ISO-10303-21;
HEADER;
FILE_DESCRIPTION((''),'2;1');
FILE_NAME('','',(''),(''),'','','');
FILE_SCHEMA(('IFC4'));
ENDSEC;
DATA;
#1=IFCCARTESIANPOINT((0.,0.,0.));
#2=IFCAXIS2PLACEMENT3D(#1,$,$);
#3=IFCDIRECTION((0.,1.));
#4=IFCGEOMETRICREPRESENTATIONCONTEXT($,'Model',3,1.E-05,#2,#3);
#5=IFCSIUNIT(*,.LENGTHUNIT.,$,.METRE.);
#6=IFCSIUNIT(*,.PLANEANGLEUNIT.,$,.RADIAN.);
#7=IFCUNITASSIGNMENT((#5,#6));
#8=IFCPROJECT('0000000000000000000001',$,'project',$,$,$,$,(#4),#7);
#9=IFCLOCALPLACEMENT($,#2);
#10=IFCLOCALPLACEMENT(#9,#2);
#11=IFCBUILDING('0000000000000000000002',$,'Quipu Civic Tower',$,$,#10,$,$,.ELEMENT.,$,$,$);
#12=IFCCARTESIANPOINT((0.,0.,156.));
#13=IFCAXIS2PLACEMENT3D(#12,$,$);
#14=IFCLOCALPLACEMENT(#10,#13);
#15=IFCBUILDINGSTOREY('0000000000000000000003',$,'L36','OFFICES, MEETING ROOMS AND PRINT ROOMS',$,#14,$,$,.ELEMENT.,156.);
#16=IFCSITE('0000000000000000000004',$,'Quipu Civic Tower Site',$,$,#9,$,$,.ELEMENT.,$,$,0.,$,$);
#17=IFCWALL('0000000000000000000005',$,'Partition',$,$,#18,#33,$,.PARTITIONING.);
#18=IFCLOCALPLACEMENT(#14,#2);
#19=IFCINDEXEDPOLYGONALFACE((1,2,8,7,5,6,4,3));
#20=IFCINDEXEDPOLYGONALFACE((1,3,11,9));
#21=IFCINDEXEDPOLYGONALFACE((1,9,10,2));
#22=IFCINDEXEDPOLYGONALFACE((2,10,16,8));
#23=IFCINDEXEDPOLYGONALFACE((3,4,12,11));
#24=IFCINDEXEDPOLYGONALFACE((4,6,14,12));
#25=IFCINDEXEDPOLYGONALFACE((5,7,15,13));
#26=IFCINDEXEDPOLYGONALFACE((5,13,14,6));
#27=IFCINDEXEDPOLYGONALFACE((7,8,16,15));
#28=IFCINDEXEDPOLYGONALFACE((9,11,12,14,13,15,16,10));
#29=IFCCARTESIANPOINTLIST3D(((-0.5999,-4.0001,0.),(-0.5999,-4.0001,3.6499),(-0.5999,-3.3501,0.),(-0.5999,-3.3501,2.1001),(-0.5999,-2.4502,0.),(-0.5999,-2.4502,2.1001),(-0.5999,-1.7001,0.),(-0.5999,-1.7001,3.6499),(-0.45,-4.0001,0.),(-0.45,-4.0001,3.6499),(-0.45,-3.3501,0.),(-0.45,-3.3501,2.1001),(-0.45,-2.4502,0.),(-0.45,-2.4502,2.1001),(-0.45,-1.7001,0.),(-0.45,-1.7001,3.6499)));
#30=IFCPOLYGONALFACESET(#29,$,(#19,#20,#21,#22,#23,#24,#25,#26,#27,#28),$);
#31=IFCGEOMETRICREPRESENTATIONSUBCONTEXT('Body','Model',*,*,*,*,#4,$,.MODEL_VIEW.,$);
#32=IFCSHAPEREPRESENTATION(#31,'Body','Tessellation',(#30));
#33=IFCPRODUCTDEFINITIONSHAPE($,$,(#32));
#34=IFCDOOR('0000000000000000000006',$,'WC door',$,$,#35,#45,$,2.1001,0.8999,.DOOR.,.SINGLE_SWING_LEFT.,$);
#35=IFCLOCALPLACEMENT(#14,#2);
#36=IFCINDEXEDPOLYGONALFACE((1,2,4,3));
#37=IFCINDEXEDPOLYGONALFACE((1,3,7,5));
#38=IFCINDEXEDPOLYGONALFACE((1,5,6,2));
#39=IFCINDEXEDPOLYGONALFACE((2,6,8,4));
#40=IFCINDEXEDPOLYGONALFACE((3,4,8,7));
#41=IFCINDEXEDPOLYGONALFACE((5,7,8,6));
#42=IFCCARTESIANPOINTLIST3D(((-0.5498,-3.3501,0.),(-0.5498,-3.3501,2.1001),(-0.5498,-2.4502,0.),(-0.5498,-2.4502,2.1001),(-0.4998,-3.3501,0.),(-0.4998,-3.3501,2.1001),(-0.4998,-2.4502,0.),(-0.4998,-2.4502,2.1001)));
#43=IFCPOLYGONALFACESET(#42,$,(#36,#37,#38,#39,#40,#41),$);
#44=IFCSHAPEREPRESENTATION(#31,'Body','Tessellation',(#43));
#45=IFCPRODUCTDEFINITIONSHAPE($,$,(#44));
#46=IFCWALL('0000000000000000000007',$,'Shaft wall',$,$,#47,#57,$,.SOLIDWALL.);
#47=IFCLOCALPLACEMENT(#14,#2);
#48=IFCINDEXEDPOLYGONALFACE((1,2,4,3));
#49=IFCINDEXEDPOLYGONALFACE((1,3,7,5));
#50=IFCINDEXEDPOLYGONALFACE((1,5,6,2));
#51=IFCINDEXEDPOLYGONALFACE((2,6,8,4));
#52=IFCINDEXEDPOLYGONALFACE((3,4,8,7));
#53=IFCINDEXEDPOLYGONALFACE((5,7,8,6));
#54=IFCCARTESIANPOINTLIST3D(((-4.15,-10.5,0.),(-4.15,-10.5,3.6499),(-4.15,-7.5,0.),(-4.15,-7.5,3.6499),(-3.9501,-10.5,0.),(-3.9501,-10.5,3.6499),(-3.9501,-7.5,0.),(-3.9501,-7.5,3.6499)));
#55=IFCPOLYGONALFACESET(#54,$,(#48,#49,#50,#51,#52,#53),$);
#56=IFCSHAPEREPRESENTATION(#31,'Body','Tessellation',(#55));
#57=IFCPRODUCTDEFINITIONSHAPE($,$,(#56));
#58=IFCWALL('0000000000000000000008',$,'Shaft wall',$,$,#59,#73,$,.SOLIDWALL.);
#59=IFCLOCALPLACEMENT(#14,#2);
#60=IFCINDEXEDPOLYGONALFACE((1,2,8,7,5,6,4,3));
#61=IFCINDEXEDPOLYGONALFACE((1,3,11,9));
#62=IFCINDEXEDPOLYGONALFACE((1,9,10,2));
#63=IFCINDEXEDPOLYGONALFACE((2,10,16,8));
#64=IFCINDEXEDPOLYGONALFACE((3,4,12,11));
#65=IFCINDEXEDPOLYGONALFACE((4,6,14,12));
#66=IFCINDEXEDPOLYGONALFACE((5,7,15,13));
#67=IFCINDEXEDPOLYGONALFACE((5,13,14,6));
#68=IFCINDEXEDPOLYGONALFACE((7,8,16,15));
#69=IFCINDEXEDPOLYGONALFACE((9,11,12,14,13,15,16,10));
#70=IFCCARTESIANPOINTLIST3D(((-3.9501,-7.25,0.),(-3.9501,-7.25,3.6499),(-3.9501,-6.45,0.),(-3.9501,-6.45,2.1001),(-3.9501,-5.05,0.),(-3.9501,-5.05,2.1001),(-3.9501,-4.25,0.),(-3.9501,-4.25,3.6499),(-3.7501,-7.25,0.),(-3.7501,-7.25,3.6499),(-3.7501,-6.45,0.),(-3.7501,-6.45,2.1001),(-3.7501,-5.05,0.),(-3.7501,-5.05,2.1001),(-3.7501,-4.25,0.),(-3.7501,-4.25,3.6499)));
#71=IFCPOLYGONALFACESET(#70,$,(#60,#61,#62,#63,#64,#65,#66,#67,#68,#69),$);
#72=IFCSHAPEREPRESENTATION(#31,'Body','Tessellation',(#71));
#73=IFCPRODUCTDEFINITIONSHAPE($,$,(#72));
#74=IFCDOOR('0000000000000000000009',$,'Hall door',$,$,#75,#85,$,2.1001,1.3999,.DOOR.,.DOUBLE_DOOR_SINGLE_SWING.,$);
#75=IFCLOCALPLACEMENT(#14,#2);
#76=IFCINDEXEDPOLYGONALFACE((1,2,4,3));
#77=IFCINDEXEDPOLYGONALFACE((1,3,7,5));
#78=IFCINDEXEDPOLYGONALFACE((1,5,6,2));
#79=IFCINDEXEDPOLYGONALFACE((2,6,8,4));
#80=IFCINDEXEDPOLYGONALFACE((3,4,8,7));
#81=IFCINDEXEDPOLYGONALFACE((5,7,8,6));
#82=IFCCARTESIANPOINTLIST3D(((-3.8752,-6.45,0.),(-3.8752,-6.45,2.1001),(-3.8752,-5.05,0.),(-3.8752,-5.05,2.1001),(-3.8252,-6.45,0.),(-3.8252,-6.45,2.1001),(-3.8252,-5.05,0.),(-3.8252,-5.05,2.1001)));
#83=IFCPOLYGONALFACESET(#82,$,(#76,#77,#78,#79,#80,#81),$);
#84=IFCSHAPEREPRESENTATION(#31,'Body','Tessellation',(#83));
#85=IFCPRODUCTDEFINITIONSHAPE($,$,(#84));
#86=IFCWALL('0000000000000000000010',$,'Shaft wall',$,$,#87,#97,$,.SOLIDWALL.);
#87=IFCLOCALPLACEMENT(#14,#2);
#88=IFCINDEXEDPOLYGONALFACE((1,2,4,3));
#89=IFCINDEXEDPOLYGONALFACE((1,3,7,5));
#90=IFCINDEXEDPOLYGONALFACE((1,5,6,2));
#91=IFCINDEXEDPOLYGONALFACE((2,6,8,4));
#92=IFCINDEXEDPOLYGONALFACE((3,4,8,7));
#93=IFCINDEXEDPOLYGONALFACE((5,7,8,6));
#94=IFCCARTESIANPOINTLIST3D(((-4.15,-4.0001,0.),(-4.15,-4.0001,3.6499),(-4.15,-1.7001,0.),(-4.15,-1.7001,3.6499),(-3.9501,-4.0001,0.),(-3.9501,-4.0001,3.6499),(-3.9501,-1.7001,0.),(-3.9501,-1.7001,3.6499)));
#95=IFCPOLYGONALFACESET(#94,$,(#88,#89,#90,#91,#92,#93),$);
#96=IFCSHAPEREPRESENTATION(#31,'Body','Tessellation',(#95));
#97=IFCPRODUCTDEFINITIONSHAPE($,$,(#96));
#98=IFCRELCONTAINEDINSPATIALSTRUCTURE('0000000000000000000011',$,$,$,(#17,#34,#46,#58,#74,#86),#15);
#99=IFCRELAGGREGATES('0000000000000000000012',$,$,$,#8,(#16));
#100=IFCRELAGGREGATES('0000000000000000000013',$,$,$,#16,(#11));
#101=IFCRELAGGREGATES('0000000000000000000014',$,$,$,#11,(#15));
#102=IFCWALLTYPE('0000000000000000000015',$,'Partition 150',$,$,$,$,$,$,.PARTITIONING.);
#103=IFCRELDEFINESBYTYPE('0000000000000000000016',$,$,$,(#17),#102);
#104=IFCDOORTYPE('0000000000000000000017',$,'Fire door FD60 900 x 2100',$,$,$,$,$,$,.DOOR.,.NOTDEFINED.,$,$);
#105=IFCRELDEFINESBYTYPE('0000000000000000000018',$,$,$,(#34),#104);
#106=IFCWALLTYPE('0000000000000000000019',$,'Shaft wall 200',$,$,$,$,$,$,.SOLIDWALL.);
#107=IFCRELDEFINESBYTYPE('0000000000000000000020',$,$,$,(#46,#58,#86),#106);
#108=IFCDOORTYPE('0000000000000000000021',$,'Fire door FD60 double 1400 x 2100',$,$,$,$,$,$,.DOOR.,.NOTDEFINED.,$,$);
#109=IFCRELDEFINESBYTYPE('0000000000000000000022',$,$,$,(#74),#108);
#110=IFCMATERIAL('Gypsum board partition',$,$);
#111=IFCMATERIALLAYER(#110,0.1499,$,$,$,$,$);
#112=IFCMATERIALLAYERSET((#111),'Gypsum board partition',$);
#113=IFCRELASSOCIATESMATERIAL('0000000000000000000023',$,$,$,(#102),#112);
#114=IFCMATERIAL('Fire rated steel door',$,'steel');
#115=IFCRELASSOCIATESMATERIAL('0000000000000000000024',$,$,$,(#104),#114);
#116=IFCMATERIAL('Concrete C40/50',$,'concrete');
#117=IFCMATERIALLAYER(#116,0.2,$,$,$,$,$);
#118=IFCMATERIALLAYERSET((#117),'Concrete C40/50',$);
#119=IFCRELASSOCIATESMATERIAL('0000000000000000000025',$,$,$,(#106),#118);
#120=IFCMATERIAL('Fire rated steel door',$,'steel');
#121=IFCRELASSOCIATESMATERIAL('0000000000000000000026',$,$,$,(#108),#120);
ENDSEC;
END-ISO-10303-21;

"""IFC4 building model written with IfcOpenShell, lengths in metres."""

from ifc_helpers import new_model, si_unit, direction, frame, frame_2d, origin, place, context, subcontext, project, spatial, rectangle, extrude, material, layer, layer_set, type_object, element, fill, save


model = new_model("IFC4")

# Units and contexts
model_context = context("Model", 3, precision=1e-05, world=origin(), true_north=direction((0.0, 1.0)))
body_context = subcontext(model_context, "Body", "Model", "MODEL_VIEW")
ifc_project = project(units=[si_unit("LENGTHUNIT", "METRE"), si_unit("PLANEANGLEUNIT", "RADIAN")], contexts=[model_context])

# Site, building, storey
site_placement = place(None, origin())
site = spatial("IfcSite", under=ifc_project, at=site_placement, Name="Quipu Civic Tower Site", CompositionType="ELEMENT", RefElevation=0.0)
building_placement = place(site_placement, origin())
building = spatial("IfcBuilding", under=site, at=building_placement, Name="Quipu Civic Tower", CompositionType="ELEMENT")
storey_placement = place(building_placement, frame((0.0, 0.0, 156.0)))
storey = spatial("IfcBuildingStorey", under=building, at=storey_placement, Name="L36", Description="OFFICES, MEETING ROOMS AND PRINT ROOMS", CompositionType="ELEMENT", Elevation=156.0)

# Shared definitions
ifc_material_1 = material(Name="Gypsum board partition")
ifc_layer_1 = layer(ifc_material_1, 0.1499)
ifc_layer_set_1 = layer_set([ifc_layer_1], Name="Gypsum board partition")
wall_type_1 = type_object("IfcWallType", Name="Partition 150", PredefinedType="PARTITIONING", material=ifc_layer_set_1)

# Wall, opening, door
wall_1_placement = place(storey_placement, frame((-0.5249, -4.0, 0.0), z_axis=(0.0, 0.0, 1.0), x_axis=(0.0, 1.0, 0.0)))
wall_1 = element("IfcWall", 1, at=wall_1_placement, inside=storey, type_object=wall_type_1, Name="Partition", PredefinedType="PARTITIONING", context=body_context, shape_type="SweptSolid", body=[
    extrude(rectangle(XDim=2.3, YDim=0.1499, at=frame_2d((1.1499, 0.0))), origin(), (0.0, 0.0, 1.0), 3.6499),
])
opening_1_placement = place(wall_1_placement, frame((0.6499, 0.0, 0.0)))
opening_1 = element("IfcOpeningElement", 2, at=opening_1_placement, cuts=wall_1, PredefinedType="OPENING", context=body_context, shape_type="SweptSolid", body=[
    extrude(rectangle(XDim=0.8999, YDim=2.1001, at=frame_2d((0.45, 1.05))), frame((0.0, 0.085, 0.0), z_axis=(0.0, -1.0, 0.0), x_axis=(1.0, 0.0, 0.0)), (0.0, 0.0, 1.0), 0.1699),
])
ifc_material_2 = material(Name="Fire rated steel door", Category="steel")
door_type_1 = type_object("IfcDoorType", Name="Fire door FD60 900 x 2100", OperationType="NOTDEFINED", PredefinedType="DOOR", material=ifc_material_2)
door_1_placement = place(opening_1_placement, origin())
door_1 = element("IfcDoor", 3, at=door_1_placement, inside=storey, type_object=door_type_1, Name="WC door", OperationType="SINGLE_SWING_LEFT", OverallHeight=2.1001, OverallWidth=0.8999, PredefinedType="DOOR", context=body_context, shape_type="SweptSolid", body=[
    extrude(rectangle(XDim=0.8999, YDim=2.1001, at=frame_2d((0.45, 1.05))), frame((0.0, 0.0249, 0.0), z_axis=(0.0, -1.0, 0.0), x_axis=(1.0, 0.0, 0.0)), (0.0, 0.0, 1.0), 0.05),
])
fill(opening_1, door_1)

# Wall
ifc_material_3 = material(Name="Concrete C40/50", Category="concrete")
ifc_layer_2 = layer(ifc_material_3, 0.2)
ifc_layer_set_2 = layer_set([ifc_layer_2], Name="Concrete C40/50")
wall_type_2 = type_object("IfcWallType", Name="Shaft wall 200", PredefinedType="SOLIDWALL", material=ifc_layer_set_2)
wall_2_placement = place(storey_placement, frame((-4.05, -10.5, 0.0), z_axis=(0.0, 0.0, 1.0), x_axis=(0.0, 1.0, 0.0)))
element("IfcWall", 4, at=wall_2_placement, inside=storey, type_object=wall_type_2, Name="Shaft wall", PredefinedType="SOLIDWALL", context=body_context, shape_type="SweptSolid", body=[
    extrude(rectangle(XDim=3.0, YDim=0.2, at=frame_2d((1.5, 0.0))), origin(), (0.0, 0.0, 1.0), 3.6499),
])

# Wall, opening, door
wall_3_placement = place(storey_placement, frame((-3.8501, -4.25, 0.0), z_axis=(0.0, 0.0, 1.0), x_axis=(0.0, -1.0, 0.0)))
wall_3 = element("IfcWall", 5, at=wall_3_placement, inside=storey, type_object=wall_type_2, Name="Shaft wall", PredefinedType="SOLIDWALL", context=body_context, shape_type="SweptSolid", body=[
    extrude(rectangle(XDim=3.0, YDim=0.2, at=frame_2d((1.5, 0.0))), origin(), (0.0, 0.0, 1.0), 3.6499),
])
opening_2_placement = place(wall_3_placement, frame((0.8, 0.0, 0.0)))
opening_2 = element("IfcOpeningElement", 6, at=opening_2_placement, cuts=wall_3, PredefinedType="OPENING", context=body_context, shape_type="SweptSolid", body=[
    extrude(rectangle(XDim=1.3999, YDim=2.1001, at=frame_2d((0.7, 1.05))), frame((0.0, 0.1099, 0.0), z_axis=(0.0, -1.0, 0.0), x_axis=(1.0, 0.0, 0.0)), (0.0, 0.0, 1.0), 0.22),
])
ifc_material_4 = material(Name="Fire rated steel door", Category="steel")
door_type_2 = type_object("IfcDoorType", Name="Fire door FD60 double 1400 x 2100", OperationType="NOTDEFINED", PredefinedType="DOOR", material=ifc_material_4)
door_2_placement = place(opening_2_placement, origin())
door_2 = element("IfcDoor", 7, at=door_2_placement, inside=storey, type_object=door_type_2, Name="Hall door", OperationType="DOUBLE_DOOR_SINGLE_SWING", OverallHeight=2.1001, OverallWidth=1.3999, PredefinedType="DOOR", context=body_context, shape_type="SweptSolid", body=[
    extrude(rectangle(XDim=1.3999, YDim=2.1001, at=frame_2d((0.7, 1.05))), frame((0.0, 0.0249, 0.0), z_axis=(0.0, -1.0, 0.0), x_axis=(1.0, 0.0, 0.0)), (0.0, 0.0, 1.0), 0.05),
])
fill(opening_2, door_2)

# Wall
wall_4_placement = place(storey_placement, frame((-4.05, -4.0, 0.0), z_axis=(0.0, 0.0, 1.0), x_axis=(0.0, 1.0, 0.0)))
element("IfcWall", 8, at=wall_4_placement, inside=storey, type_object=wall_type_2, Name="Shaft wall", PredefinedType="SOLIDWALL", context=body_context, shape_type="SweptSolid", body=[
    extrude(rectangle(XDim=2.3, YDim=0.2, at=frame_2d((1.1499, 0.0))), origin(), (0.0, 0.0, 1.0), 3.6499),
])

save(model, "model.ifc")
